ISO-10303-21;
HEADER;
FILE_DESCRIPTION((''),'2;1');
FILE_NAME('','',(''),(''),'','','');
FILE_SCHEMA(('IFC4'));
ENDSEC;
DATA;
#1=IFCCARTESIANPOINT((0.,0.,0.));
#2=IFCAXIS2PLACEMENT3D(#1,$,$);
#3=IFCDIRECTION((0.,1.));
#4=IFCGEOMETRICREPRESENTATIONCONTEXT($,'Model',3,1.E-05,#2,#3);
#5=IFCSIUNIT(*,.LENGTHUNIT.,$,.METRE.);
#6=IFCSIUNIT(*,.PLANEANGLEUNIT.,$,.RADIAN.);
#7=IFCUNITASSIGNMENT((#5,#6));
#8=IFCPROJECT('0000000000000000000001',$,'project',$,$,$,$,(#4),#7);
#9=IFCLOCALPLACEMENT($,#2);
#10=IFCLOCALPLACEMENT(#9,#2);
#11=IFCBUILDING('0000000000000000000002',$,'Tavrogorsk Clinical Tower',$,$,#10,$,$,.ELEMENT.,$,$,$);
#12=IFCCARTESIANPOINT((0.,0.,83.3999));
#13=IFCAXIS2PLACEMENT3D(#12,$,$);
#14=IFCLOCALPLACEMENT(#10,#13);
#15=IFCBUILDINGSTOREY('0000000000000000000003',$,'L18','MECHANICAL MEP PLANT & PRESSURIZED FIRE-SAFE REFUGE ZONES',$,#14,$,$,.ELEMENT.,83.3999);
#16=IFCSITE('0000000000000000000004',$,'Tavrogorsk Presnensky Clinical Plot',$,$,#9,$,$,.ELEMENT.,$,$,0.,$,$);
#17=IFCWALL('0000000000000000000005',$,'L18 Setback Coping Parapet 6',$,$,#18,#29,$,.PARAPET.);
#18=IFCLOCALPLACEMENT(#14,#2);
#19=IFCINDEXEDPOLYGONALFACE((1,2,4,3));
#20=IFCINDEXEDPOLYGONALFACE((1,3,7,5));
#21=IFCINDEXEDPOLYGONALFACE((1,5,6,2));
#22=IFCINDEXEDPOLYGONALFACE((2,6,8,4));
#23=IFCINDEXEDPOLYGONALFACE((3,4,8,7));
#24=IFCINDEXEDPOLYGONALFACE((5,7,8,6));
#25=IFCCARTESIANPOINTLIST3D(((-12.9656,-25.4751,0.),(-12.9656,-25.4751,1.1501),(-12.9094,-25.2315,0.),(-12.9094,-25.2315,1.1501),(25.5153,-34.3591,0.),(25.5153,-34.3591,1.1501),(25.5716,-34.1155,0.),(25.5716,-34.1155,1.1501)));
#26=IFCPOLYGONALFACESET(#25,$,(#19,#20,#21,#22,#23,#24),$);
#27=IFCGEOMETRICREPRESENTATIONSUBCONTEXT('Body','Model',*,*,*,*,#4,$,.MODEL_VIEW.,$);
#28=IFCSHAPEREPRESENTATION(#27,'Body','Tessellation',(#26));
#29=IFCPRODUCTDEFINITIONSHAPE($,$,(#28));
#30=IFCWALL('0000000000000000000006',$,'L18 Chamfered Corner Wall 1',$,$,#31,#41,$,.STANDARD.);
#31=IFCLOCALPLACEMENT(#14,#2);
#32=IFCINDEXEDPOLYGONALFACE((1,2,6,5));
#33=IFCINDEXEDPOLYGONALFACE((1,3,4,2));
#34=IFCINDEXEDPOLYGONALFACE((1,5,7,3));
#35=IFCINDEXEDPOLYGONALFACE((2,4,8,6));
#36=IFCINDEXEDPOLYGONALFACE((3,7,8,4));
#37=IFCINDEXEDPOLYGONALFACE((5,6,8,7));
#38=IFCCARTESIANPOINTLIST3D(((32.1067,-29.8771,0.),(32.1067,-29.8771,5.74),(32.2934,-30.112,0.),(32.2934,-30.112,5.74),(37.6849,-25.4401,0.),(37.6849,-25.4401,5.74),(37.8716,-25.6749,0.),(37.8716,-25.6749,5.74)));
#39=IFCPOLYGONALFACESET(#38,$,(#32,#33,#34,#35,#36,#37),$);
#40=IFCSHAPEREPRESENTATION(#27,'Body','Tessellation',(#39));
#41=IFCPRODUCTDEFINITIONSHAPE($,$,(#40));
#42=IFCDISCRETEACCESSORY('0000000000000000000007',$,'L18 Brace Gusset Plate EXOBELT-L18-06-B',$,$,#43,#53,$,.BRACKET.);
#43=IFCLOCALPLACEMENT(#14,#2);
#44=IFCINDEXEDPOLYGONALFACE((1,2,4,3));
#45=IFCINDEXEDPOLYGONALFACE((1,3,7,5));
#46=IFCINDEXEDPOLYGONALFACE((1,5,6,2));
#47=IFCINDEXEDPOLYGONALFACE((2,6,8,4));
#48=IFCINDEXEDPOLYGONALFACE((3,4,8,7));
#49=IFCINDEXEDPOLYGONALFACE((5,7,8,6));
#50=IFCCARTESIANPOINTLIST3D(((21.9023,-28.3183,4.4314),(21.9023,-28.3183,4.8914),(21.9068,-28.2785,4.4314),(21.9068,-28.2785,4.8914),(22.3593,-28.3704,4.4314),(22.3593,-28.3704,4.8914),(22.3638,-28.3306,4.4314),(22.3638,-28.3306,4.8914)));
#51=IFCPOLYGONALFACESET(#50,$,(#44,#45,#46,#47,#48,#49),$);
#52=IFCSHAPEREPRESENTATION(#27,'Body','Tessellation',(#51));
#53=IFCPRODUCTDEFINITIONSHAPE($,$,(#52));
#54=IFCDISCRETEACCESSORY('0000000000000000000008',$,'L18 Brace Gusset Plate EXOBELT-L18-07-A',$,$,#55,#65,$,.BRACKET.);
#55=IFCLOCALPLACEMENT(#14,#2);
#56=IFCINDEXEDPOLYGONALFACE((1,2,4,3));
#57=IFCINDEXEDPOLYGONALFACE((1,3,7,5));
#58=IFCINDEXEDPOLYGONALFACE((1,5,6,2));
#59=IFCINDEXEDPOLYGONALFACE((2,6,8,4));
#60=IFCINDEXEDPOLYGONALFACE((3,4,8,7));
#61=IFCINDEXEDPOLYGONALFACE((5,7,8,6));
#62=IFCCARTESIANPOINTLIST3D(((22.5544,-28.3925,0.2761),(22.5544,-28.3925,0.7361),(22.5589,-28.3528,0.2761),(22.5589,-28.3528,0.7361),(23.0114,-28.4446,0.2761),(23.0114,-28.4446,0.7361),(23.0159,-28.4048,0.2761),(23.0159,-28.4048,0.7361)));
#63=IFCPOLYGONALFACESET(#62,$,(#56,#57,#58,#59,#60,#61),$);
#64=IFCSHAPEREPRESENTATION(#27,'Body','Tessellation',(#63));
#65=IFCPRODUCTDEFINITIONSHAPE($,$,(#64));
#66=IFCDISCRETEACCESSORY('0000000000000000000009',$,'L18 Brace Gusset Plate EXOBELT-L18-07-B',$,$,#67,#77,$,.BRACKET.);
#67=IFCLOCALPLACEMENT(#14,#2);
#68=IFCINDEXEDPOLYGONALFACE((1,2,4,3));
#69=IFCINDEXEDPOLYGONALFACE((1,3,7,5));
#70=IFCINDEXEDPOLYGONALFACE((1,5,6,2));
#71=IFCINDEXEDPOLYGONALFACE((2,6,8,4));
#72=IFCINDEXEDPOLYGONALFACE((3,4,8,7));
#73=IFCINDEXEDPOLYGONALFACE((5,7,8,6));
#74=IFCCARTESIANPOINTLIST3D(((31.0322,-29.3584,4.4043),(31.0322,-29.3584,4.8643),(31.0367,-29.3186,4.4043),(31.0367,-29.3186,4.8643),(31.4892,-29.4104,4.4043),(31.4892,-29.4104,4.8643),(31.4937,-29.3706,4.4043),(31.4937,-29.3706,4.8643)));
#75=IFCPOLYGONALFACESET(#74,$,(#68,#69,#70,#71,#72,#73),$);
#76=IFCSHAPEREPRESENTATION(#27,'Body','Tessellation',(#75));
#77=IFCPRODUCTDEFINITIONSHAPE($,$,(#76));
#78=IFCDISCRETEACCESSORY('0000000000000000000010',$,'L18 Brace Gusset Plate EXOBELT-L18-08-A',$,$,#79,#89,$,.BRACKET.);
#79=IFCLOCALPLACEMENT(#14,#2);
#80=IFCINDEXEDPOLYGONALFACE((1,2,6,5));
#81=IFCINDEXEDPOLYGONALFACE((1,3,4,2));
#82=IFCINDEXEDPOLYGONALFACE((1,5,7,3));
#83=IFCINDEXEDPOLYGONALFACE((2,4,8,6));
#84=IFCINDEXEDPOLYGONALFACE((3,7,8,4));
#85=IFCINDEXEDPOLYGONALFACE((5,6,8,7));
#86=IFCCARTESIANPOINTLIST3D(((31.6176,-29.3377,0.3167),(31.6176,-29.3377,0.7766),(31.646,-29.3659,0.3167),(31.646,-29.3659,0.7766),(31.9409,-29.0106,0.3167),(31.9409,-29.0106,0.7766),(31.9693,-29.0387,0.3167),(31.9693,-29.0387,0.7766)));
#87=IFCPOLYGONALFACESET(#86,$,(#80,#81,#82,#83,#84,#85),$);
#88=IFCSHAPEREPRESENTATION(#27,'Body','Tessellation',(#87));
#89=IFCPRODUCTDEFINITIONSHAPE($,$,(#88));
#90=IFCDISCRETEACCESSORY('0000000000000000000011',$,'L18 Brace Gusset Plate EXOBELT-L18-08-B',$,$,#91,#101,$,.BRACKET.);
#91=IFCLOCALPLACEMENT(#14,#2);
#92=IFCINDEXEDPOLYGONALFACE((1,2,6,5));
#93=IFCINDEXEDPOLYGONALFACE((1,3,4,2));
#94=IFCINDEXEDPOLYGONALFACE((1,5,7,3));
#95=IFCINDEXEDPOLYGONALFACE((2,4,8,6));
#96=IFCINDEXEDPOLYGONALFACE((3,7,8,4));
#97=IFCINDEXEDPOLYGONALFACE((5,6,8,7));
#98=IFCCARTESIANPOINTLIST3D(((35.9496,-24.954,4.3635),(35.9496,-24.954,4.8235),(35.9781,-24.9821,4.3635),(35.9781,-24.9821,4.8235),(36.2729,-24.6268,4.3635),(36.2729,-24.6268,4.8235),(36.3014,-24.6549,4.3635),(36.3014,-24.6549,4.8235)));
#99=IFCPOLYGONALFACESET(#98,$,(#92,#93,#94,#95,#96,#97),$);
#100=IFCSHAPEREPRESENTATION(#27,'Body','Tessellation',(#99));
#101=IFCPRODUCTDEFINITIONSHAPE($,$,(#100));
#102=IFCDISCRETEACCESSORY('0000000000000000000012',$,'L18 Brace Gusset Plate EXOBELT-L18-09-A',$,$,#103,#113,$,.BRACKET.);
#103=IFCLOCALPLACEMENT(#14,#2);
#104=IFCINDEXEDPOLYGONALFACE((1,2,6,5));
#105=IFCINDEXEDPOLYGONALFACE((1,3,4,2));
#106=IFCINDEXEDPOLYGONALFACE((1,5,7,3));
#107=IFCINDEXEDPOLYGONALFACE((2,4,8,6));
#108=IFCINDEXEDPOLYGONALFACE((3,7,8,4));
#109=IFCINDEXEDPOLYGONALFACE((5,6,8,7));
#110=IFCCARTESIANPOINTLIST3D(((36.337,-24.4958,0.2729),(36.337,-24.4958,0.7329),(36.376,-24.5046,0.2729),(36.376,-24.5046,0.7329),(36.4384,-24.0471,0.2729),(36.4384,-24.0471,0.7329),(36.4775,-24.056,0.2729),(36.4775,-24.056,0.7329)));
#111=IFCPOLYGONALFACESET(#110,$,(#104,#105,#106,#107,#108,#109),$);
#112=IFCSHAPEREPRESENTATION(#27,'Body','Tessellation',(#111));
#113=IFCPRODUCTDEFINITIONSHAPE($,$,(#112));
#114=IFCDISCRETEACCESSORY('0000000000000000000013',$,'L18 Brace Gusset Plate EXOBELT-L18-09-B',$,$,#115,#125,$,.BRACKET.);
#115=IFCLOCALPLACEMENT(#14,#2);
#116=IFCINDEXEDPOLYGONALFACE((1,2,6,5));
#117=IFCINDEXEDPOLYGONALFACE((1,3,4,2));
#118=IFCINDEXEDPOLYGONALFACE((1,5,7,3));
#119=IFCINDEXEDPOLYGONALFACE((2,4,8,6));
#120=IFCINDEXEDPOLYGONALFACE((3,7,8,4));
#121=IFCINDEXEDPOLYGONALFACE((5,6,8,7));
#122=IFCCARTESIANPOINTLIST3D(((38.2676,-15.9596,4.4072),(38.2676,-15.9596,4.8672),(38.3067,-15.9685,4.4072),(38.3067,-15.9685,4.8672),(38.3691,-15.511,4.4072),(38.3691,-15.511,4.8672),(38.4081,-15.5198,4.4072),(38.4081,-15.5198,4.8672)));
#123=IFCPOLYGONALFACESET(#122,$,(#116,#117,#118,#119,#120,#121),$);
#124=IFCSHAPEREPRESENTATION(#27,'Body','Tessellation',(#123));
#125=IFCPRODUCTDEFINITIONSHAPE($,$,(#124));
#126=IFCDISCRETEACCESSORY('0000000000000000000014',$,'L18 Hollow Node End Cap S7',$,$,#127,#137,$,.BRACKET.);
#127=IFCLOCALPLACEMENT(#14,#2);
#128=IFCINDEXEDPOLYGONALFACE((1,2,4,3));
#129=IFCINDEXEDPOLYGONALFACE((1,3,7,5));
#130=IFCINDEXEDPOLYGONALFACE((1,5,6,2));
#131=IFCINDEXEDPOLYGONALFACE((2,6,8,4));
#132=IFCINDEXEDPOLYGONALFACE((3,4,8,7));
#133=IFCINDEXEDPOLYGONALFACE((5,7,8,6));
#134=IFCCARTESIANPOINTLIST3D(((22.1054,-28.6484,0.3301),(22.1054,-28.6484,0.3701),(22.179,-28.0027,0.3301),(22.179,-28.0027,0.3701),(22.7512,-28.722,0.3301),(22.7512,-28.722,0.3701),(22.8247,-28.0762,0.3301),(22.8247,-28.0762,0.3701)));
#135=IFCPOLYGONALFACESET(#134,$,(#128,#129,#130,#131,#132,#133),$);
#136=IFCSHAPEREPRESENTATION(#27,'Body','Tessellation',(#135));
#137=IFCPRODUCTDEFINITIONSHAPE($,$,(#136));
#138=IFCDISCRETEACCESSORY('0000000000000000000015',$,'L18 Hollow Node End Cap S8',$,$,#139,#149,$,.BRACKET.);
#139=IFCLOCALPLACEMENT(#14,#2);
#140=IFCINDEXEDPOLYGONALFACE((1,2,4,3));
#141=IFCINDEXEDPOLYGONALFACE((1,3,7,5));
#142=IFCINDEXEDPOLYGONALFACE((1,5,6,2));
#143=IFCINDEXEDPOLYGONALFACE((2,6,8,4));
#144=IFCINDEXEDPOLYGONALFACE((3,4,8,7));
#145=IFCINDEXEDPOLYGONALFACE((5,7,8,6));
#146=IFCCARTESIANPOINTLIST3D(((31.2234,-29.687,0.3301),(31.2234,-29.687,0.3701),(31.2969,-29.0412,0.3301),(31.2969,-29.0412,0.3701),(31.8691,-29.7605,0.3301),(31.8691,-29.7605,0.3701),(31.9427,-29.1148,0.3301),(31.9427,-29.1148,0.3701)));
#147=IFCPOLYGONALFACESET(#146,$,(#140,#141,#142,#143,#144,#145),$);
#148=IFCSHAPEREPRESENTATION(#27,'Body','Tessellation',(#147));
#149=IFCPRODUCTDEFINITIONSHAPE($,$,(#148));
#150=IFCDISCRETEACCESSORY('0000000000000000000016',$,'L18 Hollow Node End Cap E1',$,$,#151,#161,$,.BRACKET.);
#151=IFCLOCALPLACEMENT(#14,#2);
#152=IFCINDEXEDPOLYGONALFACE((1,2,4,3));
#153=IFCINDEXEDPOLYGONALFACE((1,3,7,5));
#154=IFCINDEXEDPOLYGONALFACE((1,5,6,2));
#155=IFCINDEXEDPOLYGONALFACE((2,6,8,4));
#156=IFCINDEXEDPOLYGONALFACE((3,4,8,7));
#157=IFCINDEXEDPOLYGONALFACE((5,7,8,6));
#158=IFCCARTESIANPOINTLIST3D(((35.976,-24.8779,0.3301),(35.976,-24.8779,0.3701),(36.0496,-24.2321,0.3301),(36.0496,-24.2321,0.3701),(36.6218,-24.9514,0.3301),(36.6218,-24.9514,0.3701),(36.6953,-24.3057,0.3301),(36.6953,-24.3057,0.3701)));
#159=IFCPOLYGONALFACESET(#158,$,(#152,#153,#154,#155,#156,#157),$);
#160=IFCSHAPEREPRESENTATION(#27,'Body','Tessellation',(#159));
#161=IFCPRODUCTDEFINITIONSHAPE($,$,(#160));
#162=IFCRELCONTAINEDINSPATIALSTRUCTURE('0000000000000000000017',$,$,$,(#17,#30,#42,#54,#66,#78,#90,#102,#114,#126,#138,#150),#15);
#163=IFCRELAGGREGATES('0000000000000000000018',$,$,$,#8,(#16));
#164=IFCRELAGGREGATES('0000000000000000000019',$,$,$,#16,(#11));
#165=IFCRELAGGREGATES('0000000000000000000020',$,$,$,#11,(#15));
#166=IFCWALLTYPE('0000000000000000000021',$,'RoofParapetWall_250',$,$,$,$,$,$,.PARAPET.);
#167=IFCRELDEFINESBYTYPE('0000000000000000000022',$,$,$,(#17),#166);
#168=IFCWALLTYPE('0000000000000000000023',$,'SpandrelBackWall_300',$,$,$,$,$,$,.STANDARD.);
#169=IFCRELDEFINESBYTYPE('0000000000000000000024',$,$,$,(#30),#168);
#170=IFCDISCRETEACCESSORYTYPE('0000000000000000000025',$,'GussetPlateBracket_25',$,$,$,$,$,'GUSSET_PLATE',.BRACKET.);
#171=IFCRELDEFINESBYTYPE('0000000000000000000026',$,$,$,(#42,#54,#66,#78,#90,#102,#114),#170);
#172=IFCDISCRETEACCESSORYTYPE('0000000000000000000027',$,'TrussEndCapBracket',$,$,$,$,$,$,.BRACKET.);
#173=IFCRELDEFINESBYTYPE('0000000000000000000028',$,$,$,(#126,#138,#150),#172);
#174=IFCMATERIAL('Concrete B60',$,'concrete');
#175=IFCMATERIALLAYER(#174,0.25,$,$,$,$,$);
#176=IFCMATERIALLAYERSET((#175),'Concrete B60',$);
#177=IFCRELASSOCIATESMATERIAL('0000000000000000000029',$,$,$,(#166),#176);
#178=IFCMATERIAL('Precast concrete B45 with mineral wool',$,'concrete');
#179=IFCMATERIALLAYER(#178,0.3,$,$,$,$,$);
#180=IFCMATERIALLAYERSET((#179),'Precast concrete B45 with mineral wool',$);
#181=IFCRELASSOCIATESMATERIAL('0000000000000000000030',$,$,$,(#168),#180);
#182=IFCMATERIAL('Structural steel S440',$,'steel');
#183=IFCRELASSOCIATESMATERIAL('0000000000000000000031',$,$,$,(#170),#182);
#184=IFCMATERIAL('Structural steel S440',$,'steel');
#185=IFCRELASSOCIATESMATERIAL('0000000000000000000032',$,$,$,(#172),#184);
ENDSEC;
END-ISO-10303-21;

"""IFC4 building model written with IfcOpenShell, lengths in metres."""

from ifc_helpers import new_model, si_unit, direction, frame, frame_2d, origin, origin_2d, place, context, subcontext, project, spatial, rectangle, extrude, material, layer, layer_set, type_object, element, save


model = new_model("IFC4")

# Units and contexts
model_context = context("Model", 3, precision=1e-05, world=origin(), true_north=direction((0.0, 1.0)))
body_context = subcontext(model_context, "Body", "Model", "MODEL_VIEW")
ifc_project = project(units=[si_unit("LENGTHUNIT", "METRE"), si_unit("PLANEANGLEUNIT", "RADIAN")], contexts=[model_context])

# Site, building, storey
site_placement = place(None, origin())
site = spatial("IfcSite", under=ifc_project, at=site_placement, Name="Tavrogorsk Presnensky Clinical Plot", CompositionType="ELEMENT", RefElevation=0.0)
building_placement = place(site_placement, origin())
building = spatial("IfcBuilding", under=site, at=building_placement, Name="Tavrogorsk Clinical Tower", CompositionType="ELEMENT")
storey_placement = place(building_placement, frame((0.0, 0.0, 83.3999)))
storey = spatial("IfcBuildingStorey", under=building, at=storey_placement, Name="L18", Description="MECHANICAL MEP PLANT & PRESSURIZED FIRE-SAFE REFUGE ZONES", CompositionType="ELEMENT", Elevation=83.3999)

# Walls
ifc_material_1 = material(Name="Concrete B60", Category="concrete")
ifc_layer_1 = layer(ifc_material_1, 0.25)
ifc_layer_set_1 = layer_set([ifc_layer_1], Name="Concrete B60")
wall_type_1 = type_object("IfcWallType", Name="RoofParapetWall_250", PredefinedType="PARAPET", material=ifc_layer_set_1)
wall_1_placement = place(storey_placement, frame((25.5435, -34.2373, 0.0), z_axis=(0.0, 0.0, 1.0), x_axis=(-0.97437, 0.224951, 0.0)))
element("IfcWall", 1, at=wall_1_placement, inside=storey, type_object=wall_type_1, Name="L18 Setback Coping Parapet 6", PredefinedType="PARAPET", context=body_context, shape_type="SweptSolid", body=[
    extrude(rectangle(XDim=39.4932, YDim=0.25, at=frame_2d((19.7466, 0.0))), origin(), (0.0, 0.0, 1.0), 1.1501),
])
ifc_material_2 = material(Name="Precast concrete B45 with mineral wool", Category="concrete")
ifc_layer_2 = layer(ifc_material_2, 0.3)
ifc_layer_set_2 = layer_set([ifc_layer_2], Name="Precast concrete B45 with mineral wool")
wall_type_2 = type_object("IfcWallType", Name="SpandrelBackWall_300", PredefinedType="STANDARD", material=ifc_layer_set_2)
wall_2_placement = place(storey_placement, frame((32.2, -29.9946, 0.0), z_axis=(0.0, 0.0, 1.0), x_axis=(0.78261, 0.622512, 0.0)))
element("IfcWall", 2, at=wall_2_placement, inside=storey, type_object=wall_type_2, Name="L18 Chamfered Corner Wall 1", PredefinedType="STANDARD", context=body_context, shape_type="SweptSolid", body=[
    extrude(rectangle(XDim=7.1277, YDim=0.3, at=frame_2d((3.564, 0.0))), origin(), (0.0, 0.0, 1.0), 5.74),
])

# Discrete accessories
ifc_material_3 = material(Name="Structural steel S440", Category="steel")
discrete_accessory_type_1 = type_object("IfcDiscreteAccessoryType", Name="GussetPlateBracket_25", ElementType="GUSSET_PLATE", PredefinedType="BRACKET", material=ifc_material_3)
for number, where, z_axis, x_axis, name in (
    (3, (22.1331, -28.3245, 4.4314), (0.0, 0.0, 1.0), (0.993572, -0.113203, 0.0), "L18 Brace Gusset Plate EXOBELT-L18-06-B"),
    (4, (22.7852, -28.3987, 0.2761), (0.0, 0.0, 1.0), (0.993572, -0.113203, 0.0), "L18 Brace Gusset Plate EXOBELT-L18-07-A"),
    (5, (31.2629, -29.3645, 4.4043), (0.0, 0.0, 1.0), (0.993572, -0.113203, 0.0), "L18 Brace Gusset Plate EXOBELT-L18-07-B"),
    (6, (31.7935, -29.1882, 0.3167), (0.0, 0.0, 1.0), (0.702898, 0.71129, 0.0), "L18 Brace Gusset Plate EXOBELT-L18-08-A"),
    (7, (36.1255, -24.8044, 4.3635), (0.0, 0.0, 1.0), (0.702898, 0.71129, 0.0), "L18 Brace Gusset Plate EXOBELT-L18-08-B"),
    (8, (36.4072, -24.2759, 0.2729), (0.0, 0.0, 1.0), (0.220527, 0.975381, 0.0), "L18 Brace Gusset Plate EXOBELT-L18-09-A"),
    (9, (38.3379, -15.7397, 4.4072), (0.0, 0.0, 1.0), (0.220527, 0.975381, 0.0), "L18 Brace Gusset Plate EXOBELT-L18-09-B"),
):
    element("IfcDiscreteAccessory", number, at=place(storey_placement, frame(where, z_axis=z_axis, x_axis=x_axis)), inside=storey, type_object=discrete_accessory_type_1, Name=name, PredefinedType="BRACKET", context=body_context, shape_type="SweptSolid", body=[
        extrude(rectangle(XDim=0.46, YDim=0.04, at=origin_2d()), origin(), (0.0, 0.0, 1.0), 0.46),
    ])
ifc_material_4 = material(Name="Structural steel S440", Category="steel")
discrete_accessory_type_2 = type_object("IfcDiscreteAccessoryType", Name="TrussEndCapBracket", PredefinedType="BRACKET", material=ifc_material_4)
for number, where, z_axis, x_axis, name in (
    (10, (22.4651, -28.3623, 0.3301), (0.0, 0.0, 1.0), (0.993572, -0.113203, 0.0), "L18 Hollow Node End Cap S7"),
    (11, (31.583, -29.4009, 0.3301), (0.0, 0.0, 1.0), (0.993572, -0.113203, 0.0), "L18 Hollow Node End Cap S8"),
    (12, (36.3357, -24.5918, 0.3301), (0.0, 0.0, 1.0), (0.993572, -0.113203, 0.0), "L18 Hollow Node End Cap E1"),
):
    element("IfcDiscreteAccessory", number, at=place(storey_placement, frame(where, z_axis=z_axis, x_axis=x_axis)), inside=storey, type_object=discrete_accessory_type_2, Name=name, PredefinedType="BRACKET", context=body_context, shape_type="SweptSolid", body=[
        extrude(rectangle(XDim=0.6499, YDim=0.6499, at=origin_2d()), origin(), (0.0, 0.0, 1.0), 0.04),
    ])

save(model, "model.ifc")
